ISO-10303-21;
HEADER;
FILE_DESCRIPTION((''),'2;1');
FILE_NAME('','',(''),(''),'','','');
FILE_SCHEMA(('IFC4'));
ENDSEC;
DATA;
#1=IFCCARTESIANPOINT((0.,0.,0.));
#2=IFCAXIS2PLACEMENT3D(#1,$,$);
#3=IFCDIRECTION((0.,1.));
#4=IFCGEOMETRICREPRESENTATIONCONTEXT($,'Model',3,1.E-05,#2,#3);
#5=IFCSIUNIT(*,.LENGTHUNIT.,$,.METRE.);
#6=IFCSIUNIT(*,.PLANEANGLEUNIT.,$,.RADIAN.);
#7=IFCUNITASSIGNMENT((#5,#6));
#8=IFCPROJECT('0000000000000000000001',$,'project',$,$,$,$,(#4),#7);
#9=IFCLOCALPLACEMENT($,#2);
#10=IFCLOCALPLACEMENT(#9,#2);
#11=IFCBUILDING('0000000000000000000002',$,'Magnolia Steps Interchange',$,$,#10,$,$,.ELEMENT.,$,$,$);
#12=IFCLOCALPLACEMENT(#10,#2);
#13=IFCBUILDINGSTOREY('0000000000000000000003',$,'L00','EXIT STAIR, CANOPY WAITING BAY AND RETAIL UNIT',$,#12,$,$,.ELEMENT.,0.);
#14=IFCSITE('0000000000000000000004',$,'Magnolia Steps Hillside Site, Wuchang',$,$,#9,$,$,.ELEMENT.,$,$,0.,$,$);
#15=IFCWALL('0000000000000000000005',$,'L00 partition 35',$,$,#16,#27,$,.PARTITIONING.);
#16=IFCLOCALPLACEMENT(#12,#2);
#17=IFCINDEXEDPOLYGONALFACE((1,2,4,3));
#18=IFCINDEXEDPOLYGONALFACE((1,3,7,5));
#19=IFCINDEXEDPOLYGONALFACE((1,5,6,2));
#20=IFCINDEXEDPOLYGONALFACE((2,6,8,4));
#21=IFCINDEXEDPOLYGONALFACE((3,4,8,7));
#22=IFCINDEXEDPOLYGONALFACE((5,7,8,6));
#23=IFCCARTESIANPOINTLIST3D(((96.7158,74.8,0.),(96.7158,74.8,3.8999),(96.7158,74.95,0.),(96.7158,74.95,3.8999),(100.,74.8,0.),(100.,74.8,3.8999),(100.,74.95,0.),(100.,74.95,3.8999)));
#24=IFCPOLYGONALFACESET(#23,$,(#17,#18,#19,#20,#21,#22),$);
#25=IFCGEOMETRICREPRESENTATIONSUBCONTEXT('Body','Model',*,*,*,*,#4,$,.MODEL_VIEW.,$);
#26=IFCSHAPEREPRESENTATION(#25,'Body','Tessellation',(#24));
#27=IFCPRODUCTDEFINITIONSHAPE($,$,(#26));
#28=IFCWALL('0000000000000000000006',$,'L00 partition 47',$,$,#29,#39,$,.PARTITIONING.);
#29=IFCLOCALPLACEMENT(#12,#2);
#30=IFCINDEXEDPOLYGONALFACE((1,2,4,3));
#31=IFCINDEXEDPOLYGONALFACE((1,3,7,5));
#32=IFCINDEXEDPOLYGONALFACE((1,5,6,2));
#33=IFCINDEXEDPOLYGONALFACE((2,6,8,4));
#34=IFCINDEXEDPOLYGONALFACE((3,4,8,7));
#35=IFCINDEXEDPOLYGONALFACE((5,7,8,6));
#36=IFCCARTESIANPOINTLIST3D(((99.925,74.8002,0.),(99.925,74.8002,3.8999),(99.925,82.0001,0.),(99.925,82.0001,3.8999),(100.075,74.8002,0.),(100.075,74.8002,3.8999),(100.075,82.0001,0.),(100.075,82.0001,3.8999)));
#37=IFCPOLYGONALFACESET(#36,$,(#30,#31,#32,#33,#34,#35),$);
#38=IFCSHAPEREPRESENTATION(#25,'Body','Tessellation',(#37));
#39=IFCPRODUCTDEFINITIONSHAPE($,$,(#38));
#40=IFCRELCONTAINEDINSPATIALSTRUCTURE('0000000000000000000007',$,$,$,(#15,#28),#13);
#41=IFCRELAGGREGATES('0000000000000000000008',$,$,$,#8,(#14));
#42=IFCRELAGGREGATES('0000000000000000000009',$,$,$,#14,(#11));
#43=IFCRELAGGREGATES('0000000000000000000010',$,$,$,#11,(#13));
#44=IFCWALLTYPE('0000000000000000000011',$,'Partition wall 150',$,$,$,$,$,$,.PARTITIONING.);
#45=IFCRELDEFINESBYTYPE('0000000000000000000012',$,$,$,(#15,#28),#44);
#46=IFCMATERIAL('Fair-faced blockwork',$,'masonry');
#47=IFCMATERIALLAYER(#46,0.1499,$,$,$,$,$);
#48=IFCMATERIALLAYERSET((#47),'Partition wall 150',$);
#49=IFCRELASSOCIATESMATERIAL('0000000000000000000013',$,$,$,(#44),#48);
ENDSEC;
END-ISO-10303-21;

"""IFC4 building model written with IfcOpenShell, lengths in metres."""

from ifc_helpers import new_model, si_unit, direction, frame, frame_2d, origin, place, context, subcontext, project, spatial, rectangle, extrude, material, layer, layer_set, type_object, element, save


model = new_model("IFC4")

# Units and contexts
model_context = context("Model", 3, precision=1e-05, world=origin(), true_north=direction((0.0, 1.0)))
body_context = subcontext(model_context, "Body", "Model", "MODEL_VIEW")
ifc_project = project(units=[si_unit("LENGTHUNIT", "METRE"), si_unit("PLANEANGLEUNIT", "RADIAN")], contexts=[model_context])

# Site, building, storey
site_placement = place(None, origin())
site = spatial("IfcSite", under=ifc_project, at=site_placement, Name="Magnolia Steps Hillside Site, Wuchang", CompositionType="ELEMENT", RefElevation=0.0)
building_placement = place(site_placement, origin())
building = spatial("IfcBuilding", under=site, at=building_placement, Name="Magnolia Steps Interchange", CompositionType="ELEMENT")
storey_placement = place(building_placement, origin())
storey = spatial("IfcBuildingStorey", under=building, at=storey_placement, Name="L00", Description="EXIT STAIR, CANOPY WAITING BAY AND RETAIL UNIT", CompositionType="ELEMENT", Elevation=0.0)

# Shared definitions
ifc_material_1 = material(Name="Fair-faced blockwork", Category="masonry")
ifc_layer_1 = layer(ifc_material_1, 0.1499)
ifc_layer_set_1 = layer_set([ifc_layer_1], Name="Partition wall 150")
wall_type_1 = type_object("IfcWallType", Name="Partition wall 150", PredefinedType="PARTITIONING", material=ifc_layer_set_1)

# Walls
wall_1_placement = place(storey_placement, frame((96.7158, 74.875, 0.0), z_axis=(0.0, 0.0, 1.0), x_axis=(1.0, 0.0, 0.0)))
element("IfcWall", 1, at=wall_1_placement, inside=storey, type_object=wall_type_1, Name="L00 partition 35", PredefinedType="PARTITIONING", context=body_context, shape_type="SweptSolid", body=[
    extrude(rectangle(XDim=3.2842, YDim=0.1499, at=frame_2d((1.6421, 0.0))), origin(), (0.0, 0.0, 1.0), 3.8999),
])
wall_2_placement = place(storey_placement, frame((100.0, 74.8, 0.0), z_axis=(0.0, 0.0, 1.0), x_axis=(0.0, 1.0, 0.0)))
element("IfcWall", 2, at=wall_2_placement, inside=storey, type_object=wall_type_1, Name="L00 partition 47", PredefinedType="PARTITIONING", context=body_context, shape_type="SweptSolid", body=[
    extrude(rectangle(XDim=7.2, YDim=0.1499, at=frame_2d((3.6001, 0.0))), origin(), (0.0, 0.0, 1.0), 3.8999),
])

save(model, "model.ifc")
